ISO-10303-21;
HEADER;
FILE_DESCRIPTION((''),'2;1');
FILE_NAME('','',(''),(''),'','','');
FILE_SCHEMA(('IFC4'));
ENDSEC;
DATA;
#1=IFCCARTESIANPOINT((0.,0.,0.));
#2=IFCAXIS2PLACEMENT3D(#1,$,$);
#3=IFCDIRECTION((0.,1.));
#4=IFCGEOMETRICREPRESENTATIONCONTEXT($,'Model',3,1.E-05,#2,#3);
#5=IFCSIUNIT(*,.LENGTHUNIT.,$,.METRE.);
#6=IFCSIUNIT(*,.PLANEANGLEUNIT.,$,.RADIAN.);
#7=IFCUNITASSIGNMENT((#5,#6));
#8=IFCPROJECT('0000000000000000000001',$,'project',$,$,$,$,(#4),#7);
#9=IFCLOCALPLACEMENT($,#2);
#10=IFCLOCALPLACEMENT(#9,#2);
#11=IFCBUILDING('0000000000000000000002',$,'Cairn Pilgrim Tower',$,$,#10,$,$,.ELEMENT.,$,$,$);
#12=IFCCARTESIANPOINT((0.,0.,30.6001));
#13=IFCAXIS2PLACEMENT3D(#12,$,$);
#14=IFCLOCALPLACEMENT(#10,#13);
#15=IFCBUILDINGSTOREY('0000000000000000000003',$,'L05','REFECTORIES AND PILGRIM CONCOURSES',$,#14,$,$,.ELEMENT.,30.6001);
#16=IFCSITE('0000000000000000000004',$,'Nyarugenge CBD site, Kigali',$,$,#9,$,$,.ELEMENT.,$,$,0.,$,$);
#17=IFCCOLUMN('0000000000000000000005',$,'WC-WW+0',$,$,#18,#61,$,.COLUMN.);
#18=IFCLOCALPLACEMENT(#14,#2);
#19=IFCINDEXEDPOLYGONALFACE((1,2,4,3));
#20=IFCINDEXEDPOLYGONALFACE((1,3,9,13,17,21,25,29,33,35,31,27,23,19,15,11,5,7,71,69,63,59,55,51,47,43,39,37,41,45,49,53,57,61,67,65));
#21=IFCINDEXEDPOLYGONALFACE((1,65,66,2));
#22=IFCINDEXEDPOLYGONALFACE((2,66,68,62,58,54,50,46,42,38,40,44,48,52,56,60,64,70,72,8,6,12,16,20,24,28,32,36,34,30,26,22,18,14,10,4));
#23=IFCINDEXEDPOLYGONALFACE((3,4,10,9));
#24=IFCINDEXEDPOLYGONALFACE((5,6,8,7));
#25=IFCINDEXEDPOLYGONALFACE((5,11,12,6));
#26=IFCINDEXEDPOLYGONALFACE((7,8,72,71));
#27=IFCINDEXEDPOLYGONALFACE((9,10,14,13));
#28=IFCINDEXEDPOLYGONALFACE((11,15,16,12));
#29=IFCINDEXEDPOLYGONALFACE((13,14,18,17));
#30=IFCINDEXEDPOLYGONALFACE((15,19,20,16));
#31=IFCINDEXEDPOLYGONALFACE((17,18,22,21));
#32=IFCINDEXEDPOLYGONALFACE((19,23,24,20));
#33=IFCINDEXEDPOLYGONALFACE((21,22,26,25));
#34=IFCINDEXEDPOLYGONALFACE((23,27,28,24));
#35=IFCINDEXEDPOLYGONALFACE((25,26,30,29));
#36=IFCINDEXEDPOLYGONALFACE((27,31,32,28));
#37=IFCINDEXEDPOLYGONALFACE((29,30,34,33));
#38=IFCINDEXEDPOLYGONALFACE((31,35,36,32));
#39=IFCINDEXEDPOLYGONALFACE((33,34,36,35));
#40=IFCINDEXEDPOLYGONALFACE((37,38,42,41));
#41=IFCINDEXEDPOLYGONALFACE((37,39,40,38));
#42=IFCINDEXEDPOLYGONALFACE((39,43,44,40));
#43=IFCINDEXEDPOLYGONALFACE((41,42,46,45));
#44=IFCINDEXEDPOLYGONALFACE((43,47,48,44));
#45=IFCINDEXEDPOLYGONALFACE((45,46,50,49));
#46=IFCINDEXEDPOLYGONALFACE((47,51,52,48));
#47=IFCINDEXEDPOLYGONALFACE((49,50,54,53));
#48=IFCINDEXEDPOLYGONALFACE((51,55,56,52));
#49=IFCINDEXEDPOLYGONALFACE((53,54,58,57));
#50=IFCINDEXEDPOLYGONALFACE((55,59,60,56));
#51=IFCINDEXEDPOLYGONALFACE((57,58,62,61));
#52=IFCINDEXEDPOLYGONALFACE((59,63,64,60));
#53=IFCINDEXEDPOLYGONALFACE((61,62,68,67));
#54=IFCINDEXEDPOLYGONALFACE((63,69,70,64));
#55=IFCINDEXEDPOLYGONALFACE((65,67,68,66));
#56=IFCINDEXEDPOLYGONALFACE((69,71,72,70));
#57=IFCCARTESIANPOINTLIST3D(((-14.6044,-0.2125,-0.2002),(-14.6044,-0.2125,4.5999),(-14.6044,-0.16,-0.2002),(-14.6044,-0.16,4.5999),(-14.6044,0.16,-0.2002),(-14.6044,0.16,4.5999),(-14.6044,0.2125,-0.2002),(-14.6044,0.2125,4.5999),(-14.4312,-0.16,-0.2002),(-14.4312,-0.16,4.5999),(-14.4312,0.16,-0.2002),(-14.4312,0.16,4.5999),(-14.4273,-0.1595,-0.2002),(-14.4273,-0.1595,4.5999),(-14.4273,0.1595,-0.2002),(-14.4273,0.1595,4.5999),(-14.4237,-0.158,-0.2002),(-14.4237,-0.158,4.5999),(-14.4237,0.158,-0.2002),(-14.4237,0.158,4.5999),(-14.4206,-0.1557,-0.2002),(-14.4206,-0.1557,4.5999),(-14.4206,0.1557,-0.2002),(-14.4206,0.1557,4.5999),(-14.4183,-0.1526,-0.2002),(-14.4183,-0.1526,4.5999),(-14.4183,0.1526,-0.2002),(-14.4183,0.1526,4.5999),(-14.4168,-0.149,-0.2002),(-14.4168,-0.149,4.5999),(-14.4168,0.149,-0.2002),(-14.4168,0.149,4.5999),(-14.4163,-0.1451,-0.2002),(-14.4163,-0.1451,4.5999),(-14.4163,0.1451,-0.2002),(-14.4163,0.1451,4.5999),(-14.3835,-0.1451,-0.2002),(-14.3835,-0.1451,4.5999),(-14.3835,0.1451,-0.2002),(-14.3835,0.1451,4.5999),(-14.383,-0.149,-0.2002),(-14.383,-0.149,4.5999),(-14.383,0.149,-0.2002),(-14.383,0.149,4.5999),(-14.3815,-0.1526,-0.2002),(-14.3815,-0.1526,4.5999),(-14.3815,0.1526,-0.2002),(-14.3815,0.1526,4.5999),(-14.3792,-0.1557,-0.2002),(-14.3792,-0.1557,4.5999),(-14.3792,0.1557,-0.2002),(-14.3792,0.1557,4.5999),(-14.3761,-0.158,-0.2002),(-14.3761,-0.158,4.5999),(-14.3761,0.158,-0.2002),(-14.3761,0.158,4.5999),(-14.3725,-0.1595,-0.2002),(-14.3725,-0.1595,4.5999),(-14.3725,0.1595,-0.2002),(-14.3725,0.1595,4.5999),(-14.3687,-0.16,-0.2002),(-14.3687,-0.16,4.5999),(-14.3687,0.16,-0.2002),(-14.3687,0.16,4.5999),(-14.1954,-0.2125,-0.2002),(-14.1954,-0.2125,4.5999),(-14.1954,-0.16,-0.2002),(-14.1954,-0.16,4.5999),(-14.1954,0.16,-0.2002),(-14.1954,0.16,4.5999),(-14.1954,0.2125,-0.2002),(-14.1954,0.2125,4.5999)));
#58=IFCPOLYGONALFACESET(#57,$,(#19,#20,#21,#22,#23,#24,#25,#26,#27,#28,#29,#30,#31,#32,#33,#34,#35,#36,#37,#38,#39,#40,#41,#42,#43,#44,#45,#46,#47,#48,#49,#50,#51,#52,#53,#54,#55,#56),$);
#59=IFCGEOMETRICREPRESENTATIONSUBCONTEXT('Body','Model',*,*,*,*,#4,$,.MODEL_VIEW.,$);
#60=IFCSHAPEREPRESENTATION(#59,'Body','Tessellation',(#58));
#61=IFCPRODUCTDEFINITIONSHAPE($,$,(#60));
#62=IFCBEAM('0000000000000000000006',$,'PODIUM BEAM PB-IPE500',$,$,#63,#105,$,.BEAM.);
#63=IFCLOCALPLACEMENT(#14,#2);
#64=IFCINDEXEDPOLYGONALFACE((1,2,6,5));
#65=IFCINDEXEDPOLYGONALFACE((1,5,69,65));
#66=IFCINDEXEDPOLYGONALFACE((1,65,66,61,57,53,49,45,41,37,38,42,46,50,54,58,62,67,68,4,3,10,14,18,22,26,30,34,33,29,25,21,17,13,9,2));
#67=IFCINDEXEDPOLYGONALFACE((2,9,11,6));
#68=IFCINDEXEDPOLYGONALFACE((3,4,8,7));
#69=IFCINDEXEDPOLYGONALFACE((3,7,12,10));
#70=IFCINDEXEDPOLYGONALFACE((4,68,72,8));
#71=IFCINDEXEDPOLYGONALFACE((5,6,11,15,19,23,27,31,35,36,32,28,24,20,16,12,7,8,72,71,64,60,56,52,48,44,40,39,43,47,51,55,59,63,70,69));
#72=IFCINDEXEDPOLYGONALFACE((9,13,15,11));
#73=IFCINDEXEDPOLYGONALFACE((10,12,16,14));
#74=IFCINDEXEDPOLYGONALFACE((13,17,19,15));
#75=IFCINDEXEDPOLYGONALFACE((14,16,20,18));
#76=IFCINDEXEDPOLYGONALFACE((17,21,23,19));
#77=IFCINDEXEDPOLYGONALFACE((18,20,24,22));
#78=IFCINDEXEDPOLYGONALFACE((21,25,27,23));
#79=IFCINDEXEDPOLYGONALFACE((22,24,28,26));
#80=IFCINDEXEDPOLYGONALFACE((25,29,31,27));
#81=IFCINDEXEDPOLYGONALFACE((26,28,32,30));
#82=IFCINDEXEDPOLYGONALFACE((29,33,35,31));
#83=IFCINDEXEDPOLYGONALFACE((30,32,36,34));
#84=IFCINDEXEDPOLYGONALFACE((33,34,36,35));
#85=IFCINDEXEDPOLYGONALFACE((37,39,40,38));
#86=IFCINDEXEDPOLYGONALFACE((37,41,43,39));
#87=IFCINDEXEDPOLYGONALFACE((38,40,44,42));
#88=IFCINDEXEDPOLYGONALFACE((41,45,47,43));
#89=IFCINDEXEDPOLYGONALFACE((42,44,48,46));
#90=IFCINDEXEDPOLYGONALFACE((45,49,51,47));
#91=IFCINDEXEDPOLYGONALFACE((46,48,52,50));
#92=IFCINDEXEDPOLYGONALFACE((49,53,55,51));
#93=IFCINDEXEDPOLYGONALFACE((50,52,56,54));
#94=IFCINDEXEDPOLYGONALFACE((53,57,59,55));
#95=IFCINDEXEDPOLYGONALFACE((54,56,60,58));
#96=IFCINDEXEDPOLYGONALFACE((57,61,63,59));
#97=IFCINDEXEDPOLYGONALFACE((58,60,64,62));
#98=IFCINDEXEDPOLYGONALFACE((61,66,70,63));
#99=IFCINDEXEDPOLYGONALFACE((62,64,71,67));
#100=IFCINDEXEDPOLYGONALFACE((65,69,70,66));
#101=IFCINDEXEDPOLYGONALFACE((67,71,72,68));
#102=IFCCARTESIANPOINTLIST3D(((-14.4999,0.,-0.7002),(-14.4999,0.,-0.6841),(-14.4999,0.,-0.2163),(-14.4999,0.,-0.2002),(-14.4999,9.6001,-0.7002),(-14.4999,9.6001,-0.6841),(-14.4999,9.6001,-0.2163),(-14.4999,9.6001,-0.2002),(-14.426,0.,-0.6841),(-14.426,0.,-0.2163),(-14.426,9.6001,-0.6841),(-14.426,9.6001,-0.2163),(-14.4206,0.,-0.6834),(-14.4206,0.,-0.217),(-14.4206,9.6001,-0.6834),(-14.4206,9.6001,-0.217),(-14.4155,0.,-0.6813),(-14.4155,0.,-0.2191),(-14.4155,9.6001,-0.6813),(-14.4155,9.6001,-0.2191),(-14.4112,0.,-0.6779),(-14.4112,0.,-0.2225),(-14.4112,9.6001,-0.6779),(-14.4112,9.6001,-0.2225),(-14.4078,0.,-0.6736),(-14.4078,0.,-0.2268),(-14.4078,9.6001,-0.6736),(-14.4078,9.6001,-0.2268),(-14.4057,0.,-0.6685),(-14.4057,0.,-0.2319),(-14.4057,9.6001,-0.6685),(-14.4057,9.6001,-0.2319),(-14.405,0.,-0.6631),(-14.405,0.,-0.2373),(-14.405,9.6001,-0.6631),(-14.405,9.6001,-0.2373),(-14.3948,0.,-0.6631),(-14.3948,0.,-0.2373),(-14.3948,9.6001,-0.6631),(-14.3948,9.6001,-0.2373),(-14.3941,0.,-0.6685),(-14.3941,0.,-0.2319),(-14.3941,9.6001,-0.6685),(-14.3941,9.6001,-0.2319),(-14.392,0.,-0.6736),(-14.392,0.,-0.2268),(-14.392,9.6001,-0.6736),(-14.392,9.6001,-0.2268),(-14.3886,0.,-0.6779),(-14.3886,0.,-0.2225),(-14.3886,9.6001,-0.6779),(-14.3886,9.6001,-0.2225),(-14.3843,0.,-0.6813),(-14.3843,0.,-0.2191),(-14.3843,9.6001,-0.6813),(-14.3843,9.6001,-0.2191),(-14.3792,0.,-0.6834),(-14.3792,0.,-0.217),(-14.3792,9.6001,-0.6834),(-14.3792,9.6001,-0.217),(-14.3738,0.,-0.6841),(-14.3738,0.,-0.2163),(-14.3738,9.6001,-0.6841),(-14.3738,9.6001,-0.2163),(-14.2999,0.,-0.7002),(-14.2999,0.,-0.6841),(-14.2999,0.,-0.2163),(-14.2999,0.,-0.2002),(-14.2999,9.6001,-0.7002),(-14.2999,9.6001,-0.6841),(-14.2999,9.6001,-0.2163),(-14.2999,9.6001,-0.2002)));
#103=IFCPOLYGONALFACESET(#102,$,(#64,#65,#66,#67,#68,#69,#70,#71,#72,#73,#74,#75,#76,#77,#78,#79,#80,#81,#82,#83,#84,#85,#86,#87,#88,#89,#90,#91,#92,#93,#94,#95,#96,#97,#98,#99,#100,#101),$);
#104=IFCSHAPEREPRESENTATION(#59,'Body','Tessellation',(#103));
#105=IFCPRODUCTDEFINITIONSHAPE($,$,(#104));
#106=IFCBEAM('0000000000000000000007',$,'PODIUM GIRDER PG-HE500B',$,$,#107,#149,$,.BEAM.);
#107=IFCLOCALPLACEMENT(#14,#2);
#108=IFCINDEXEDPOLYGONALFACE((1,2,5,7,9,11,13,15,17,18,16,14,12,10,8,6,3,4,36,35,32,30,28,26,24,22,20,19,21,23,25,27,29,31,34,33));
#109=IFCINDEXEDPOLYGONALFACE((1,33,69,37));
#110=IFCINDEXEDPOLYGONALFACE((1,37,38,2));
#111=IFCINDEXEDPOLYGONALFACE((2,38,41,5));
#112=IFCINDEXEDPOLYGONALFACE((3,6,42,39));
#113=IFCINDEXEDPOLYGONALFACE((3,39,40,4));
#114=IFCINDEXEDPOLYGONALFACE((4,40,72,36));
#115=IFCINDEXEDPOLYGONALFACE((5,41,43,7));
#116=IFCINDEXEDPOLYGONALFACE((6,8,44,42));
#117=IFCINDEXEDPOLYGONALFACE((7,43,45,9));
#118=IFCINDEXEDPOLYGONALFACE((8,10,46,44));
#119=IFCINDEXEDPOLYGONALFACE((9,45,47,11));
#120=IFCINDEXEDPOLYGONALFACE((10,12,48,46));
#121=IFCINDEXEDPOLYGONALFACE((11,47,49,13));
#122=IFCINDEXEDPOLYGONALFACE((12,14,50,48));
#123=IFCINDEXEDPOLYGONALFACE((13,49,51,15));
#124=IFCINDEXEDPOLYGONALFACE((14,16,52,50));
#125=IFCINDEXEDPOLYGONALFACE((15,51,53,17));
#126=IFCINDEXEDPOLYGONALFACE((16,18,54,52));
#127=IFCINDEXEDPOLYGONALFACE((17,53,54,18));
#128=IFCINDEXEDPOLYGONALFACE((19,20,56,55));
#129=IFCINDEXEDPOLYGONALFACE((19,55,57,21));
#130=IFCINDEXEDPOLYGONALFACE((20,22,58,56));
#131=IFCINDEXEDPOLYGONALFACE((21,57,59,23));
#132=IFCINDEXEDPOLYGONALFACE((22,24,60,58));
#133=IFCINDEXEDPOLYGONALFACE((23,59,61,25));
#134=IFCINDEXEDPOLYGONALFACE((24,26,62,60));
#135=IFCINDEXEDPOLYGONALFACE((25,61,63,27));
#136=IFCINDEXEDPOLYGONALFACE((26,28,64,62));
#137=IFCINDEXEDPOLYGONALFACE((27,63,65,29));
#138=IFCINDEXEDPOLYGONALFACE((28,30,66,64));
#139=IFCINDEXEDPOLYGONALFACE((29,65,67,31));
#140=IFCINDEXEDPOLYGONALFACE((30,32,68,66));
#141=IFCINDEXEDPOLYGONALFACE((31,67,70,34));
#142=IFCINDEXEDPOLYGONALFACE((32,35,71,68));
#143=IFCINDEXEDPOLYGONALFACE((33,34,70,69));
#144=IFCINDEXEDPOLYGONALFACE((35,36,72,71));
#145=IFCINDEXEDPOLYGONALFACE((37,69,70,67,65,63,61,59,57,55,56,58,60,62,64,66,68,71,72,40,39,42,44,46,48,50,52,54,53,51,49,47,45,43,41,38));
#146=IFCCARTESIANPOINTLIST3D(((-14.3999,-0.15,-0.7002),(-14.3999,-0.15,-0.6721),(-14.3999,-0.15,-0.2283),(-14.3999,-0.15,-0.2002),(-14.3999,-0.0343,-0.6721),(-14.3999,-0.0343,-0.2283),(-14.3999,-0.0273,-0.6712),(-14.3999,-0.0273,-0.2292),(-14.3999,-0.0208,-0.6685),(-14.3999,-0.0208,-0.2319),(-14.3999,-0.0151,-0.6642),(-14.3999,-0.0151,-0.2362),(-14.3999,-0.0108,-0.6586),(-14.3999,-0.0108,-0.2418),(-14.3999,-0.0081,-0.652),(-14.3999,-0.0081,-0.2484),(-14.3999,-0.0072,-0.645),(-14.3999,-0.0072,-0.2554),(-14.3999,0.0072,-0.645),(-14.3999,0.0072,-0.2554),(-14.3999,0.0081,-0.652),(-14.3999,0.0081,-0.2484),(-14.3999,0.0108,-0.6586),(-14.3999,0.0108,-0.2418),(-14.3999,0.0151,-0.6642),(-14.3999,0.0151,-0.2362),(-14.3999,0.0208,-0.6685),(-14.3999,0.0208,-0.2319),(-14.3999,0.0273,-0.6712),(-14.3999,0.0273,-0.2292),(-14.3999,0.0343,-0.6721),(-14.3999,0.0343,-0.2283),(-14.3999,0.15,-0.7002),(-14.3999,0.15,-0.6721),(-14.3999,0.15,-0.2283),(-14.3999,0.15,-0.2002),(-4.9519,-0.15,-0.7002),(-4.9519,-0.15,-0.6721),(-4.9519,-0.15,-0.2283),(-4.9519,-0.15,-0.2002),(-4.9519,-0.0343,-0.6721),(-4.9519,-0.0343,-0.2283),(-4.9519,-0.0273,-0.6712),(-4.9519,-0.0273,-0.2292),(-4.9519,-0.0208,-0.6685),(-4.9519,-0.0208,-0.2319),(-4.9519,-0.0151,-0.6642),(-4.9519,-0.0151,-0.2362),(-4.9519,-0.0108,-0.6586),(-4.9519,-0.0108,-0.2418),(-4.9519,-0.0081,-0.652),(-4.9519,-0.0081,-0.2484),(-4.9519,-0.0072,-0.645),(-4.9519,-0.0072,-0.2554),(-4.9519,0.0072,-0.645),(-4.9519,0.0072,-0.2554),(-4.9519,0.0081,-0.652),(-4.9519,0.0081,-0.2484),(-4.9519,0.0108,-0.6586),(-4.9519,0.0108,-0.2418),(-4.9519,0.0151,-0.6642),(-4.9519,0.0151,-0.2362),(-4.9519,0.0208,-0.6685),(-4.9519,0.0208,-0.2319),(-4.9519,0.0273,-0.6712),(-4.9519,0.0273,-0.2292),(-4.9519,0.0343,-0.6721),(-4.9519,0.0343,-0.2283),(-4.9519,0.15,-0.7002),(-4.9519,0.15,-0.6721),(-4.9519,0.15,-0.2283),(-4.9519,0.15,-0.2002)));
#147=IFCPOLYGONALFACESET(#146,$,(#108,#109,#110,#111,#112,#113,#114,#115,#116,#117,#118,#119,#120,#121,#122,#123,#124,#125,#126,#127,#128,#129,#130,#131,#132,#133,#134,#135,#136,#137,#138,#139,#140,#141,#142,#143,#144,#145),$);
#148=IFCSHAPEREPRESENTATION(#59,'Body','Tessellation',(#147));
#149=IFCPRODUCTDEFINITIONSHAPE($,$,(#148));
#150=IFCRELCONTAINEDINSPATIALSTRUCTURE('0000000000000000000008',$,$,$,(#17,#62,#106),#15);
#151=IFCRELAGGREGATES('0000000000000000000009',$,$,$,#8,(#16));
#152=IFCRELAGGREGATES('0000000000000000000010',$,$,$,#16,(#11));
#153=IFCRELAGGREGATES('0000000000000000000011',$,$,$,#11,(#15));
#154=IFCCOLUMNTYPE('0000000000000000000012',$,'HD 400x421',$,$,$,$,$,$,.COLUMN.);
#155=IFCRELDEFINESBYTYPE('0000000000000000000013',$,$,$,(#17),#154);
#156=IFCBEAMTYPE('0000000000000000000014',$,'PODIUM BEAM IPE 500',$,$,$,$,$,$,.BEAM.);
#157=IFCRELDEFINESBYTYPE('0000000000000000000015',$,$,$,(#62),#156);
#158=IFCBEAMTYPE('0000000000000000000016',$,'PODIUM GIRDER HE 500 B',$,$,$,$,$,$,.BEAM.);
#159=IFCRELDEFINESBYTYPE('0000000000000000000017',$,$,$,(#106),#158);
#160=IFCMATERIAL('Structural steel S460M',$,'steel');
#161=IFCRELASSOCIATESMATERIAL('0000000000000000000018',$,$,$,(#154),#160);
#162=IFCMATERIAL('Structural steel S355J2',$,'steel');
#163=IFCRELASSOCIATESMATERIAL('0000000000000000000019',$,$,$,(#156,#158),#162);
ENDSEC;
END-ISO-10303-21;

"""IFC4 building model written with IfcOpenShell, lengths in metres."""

from ifc_helpers import new_model, si_unit, direction, frame, origin, origin_2d, place, context, subcontext, project, spatial, i_section, extrude, material, material_profile, profile_set, type_object, element, save


model = new_model("IFC4")

# Units and contexts
model_context = context("Model", 3, precision=1e-05, world=origin(), true_north=direction((0.0, 1.0)))
body_context = subcontext(model_context, "Body", "Model", "MODEL_VIEW")
ifc_project = project(units=[si_unit("LENGTHUNIT", "METRE"), si_unit("PLANEANGLEUNIT", "RADIAN")], contexts=[model_context])

# Site, building, storey
site_placement = place(None, origin())
site = spatial("IfcSite", under=ifc_project, at=site_placement, Name="Nyarugenge CBD site, Kigali", CompositionType="ELEMENT", RefElevation=0.0)
building_placement = place(site_placement, origin())
building = spatial("IfcBuilding", under=site, at=building_placement, Name="Cairn Pilgrim Tower", CompositionType="ELEMENT")
storey_placement = place(building_placement, frame((0.0, 0.0, 30.6001)))
storey = spatial("IfcBuildingStorey", under=building, at=storey_placement, Name="L05", Description="REFECTORIES AND PILGRIM CONCOURSES", CompositionType="ELEMENT", Elevation=30.6001)

# Column
ifc_material_1 = material(Name="Structural steel S460M", Category="steel")
ifc_material_profile_1 = material_profile(ifc_material_1, i_section(OverallWidth=0.4089, OverallDepth=0.425, WebThickness=0.0327, FlangeThickness=0.0525, FilletRadius=0.0149, at=origin_2d()), Name="HD 400x421")
ifc_profile_set_1 = profile_set([ifc_material_profile_1], Name="Structural steel S460M")
column_type = type_object("IfcColumnType", Name="HD 400x421", PredefinedType="COLUMN", material=ifc_profile_set_1)
column_placement = place(storey_placement, frame((-14.3999, 0.0, -0.2002), z_axis=(0.0, 0.0, 1.0), x_axis=(1.0, 0.0, 0.0)))
element("IfcColumn", 1, at=column_placement, inside=storey, type_object=column_type, Name="WC-WW+0", PredefinedType="COLUMN", context=body_context, shape_type="SweptSolid", body=[
    extrude(i_section(OverallWidth=0.4089, OverallDepth=0.425, WebThickness=0.0327, FlangeThickness=0.0525, FilletRadius=0.0149, at=origin_2d()), origin(), (0.0, 0.0, 1.0), 4.8),
])

# Beams
ifc_material_2 = material(Name="Structural steel S355J2", Category="steel")
ifc_material_profile_2 = material_profile(ifc_material_2, i_section(OverallWidth=0.2, OverallDepth=0.5, WebThickness=0.0103, FlangeThickness=0.0161, FilletRadius=0.021, at=origin_2d()), Name="IPE 500")
ifc_profile_set_2 = profile_set([ifc_material_profile_2], Name="Structural steel S355J2")
beam_type_1 = type_object("IfcBeamType", Name="PODIUM BEAM IPE 500", PredefinedType="BEAM", material=ifc_profile_set_2)
beam_1_placement = place(storey_placement, frame((-14.3999, 0.0, -0.4502), z_axis=(0.0, 1.0, 0.0), x_axis=(-1.0, 0.0, 0.0)))
element("IfcBeam", 2, at=beam_1_placement, inside=storey, type_object=beam_type_1, Name="PODIUM BEAM PB-IPE500", PredefinedType="BEAM", context=body_context, shape_type="SweptSolid", body=[
    extrude(i_section(OverallWidth=0.2, OverallDepth=0.5, WebThickness=0.0103, FlangeThickness=0.0161, FilletRadius=0.021, at=origin_2d()), origin(), (0.0, 0.0, 1.0), 9.6001),
])
ifc_material_profile_3 = material_profile(ifc_material_2, i_section(OverallWidth=0.3, OverallDepth=0.5, WebThickness=0.0144, FlangeThickness=0.0281, FilletRadius=0.0271, at=origin_2d()), Name="HEB 500")
ifc_profile_set_3 = profile_set([ifc_material_profile_3], Name="Structural steel S355J2")
beam_type_2 = type_object("IfcBeamType", Name="PODIUM GIRDER HE 500 B", PredefinedType="BEAM", material=ifc_profile_set_3)
beam_2_placement = place(storey_placement, frame((-14.3999, 0.0, -0.4502), z_axis=(1.0, 0.0, 0.0), x_axis=(0.0, 1.0, 0.0)))
element("IfcBeam", 3, at=beam_2_placement, inside=storey, type_object=beam_type_2, Name="PODIUM GIRDER PG-HE500B", PredefinedType="BEAM", context=body_context, shape_type="SweptSolid", body=[
    extrude(i_section(OverallWidth=0.3, OverallDepth=0.5, WebThickness=0.0144, FlangeThickness=0.0281, FilletRadius=0.0271, at=origin_2d()), origin(), (0.0, 0.0, 1.0), 9.448),
])

save(model, "model.ifc")
